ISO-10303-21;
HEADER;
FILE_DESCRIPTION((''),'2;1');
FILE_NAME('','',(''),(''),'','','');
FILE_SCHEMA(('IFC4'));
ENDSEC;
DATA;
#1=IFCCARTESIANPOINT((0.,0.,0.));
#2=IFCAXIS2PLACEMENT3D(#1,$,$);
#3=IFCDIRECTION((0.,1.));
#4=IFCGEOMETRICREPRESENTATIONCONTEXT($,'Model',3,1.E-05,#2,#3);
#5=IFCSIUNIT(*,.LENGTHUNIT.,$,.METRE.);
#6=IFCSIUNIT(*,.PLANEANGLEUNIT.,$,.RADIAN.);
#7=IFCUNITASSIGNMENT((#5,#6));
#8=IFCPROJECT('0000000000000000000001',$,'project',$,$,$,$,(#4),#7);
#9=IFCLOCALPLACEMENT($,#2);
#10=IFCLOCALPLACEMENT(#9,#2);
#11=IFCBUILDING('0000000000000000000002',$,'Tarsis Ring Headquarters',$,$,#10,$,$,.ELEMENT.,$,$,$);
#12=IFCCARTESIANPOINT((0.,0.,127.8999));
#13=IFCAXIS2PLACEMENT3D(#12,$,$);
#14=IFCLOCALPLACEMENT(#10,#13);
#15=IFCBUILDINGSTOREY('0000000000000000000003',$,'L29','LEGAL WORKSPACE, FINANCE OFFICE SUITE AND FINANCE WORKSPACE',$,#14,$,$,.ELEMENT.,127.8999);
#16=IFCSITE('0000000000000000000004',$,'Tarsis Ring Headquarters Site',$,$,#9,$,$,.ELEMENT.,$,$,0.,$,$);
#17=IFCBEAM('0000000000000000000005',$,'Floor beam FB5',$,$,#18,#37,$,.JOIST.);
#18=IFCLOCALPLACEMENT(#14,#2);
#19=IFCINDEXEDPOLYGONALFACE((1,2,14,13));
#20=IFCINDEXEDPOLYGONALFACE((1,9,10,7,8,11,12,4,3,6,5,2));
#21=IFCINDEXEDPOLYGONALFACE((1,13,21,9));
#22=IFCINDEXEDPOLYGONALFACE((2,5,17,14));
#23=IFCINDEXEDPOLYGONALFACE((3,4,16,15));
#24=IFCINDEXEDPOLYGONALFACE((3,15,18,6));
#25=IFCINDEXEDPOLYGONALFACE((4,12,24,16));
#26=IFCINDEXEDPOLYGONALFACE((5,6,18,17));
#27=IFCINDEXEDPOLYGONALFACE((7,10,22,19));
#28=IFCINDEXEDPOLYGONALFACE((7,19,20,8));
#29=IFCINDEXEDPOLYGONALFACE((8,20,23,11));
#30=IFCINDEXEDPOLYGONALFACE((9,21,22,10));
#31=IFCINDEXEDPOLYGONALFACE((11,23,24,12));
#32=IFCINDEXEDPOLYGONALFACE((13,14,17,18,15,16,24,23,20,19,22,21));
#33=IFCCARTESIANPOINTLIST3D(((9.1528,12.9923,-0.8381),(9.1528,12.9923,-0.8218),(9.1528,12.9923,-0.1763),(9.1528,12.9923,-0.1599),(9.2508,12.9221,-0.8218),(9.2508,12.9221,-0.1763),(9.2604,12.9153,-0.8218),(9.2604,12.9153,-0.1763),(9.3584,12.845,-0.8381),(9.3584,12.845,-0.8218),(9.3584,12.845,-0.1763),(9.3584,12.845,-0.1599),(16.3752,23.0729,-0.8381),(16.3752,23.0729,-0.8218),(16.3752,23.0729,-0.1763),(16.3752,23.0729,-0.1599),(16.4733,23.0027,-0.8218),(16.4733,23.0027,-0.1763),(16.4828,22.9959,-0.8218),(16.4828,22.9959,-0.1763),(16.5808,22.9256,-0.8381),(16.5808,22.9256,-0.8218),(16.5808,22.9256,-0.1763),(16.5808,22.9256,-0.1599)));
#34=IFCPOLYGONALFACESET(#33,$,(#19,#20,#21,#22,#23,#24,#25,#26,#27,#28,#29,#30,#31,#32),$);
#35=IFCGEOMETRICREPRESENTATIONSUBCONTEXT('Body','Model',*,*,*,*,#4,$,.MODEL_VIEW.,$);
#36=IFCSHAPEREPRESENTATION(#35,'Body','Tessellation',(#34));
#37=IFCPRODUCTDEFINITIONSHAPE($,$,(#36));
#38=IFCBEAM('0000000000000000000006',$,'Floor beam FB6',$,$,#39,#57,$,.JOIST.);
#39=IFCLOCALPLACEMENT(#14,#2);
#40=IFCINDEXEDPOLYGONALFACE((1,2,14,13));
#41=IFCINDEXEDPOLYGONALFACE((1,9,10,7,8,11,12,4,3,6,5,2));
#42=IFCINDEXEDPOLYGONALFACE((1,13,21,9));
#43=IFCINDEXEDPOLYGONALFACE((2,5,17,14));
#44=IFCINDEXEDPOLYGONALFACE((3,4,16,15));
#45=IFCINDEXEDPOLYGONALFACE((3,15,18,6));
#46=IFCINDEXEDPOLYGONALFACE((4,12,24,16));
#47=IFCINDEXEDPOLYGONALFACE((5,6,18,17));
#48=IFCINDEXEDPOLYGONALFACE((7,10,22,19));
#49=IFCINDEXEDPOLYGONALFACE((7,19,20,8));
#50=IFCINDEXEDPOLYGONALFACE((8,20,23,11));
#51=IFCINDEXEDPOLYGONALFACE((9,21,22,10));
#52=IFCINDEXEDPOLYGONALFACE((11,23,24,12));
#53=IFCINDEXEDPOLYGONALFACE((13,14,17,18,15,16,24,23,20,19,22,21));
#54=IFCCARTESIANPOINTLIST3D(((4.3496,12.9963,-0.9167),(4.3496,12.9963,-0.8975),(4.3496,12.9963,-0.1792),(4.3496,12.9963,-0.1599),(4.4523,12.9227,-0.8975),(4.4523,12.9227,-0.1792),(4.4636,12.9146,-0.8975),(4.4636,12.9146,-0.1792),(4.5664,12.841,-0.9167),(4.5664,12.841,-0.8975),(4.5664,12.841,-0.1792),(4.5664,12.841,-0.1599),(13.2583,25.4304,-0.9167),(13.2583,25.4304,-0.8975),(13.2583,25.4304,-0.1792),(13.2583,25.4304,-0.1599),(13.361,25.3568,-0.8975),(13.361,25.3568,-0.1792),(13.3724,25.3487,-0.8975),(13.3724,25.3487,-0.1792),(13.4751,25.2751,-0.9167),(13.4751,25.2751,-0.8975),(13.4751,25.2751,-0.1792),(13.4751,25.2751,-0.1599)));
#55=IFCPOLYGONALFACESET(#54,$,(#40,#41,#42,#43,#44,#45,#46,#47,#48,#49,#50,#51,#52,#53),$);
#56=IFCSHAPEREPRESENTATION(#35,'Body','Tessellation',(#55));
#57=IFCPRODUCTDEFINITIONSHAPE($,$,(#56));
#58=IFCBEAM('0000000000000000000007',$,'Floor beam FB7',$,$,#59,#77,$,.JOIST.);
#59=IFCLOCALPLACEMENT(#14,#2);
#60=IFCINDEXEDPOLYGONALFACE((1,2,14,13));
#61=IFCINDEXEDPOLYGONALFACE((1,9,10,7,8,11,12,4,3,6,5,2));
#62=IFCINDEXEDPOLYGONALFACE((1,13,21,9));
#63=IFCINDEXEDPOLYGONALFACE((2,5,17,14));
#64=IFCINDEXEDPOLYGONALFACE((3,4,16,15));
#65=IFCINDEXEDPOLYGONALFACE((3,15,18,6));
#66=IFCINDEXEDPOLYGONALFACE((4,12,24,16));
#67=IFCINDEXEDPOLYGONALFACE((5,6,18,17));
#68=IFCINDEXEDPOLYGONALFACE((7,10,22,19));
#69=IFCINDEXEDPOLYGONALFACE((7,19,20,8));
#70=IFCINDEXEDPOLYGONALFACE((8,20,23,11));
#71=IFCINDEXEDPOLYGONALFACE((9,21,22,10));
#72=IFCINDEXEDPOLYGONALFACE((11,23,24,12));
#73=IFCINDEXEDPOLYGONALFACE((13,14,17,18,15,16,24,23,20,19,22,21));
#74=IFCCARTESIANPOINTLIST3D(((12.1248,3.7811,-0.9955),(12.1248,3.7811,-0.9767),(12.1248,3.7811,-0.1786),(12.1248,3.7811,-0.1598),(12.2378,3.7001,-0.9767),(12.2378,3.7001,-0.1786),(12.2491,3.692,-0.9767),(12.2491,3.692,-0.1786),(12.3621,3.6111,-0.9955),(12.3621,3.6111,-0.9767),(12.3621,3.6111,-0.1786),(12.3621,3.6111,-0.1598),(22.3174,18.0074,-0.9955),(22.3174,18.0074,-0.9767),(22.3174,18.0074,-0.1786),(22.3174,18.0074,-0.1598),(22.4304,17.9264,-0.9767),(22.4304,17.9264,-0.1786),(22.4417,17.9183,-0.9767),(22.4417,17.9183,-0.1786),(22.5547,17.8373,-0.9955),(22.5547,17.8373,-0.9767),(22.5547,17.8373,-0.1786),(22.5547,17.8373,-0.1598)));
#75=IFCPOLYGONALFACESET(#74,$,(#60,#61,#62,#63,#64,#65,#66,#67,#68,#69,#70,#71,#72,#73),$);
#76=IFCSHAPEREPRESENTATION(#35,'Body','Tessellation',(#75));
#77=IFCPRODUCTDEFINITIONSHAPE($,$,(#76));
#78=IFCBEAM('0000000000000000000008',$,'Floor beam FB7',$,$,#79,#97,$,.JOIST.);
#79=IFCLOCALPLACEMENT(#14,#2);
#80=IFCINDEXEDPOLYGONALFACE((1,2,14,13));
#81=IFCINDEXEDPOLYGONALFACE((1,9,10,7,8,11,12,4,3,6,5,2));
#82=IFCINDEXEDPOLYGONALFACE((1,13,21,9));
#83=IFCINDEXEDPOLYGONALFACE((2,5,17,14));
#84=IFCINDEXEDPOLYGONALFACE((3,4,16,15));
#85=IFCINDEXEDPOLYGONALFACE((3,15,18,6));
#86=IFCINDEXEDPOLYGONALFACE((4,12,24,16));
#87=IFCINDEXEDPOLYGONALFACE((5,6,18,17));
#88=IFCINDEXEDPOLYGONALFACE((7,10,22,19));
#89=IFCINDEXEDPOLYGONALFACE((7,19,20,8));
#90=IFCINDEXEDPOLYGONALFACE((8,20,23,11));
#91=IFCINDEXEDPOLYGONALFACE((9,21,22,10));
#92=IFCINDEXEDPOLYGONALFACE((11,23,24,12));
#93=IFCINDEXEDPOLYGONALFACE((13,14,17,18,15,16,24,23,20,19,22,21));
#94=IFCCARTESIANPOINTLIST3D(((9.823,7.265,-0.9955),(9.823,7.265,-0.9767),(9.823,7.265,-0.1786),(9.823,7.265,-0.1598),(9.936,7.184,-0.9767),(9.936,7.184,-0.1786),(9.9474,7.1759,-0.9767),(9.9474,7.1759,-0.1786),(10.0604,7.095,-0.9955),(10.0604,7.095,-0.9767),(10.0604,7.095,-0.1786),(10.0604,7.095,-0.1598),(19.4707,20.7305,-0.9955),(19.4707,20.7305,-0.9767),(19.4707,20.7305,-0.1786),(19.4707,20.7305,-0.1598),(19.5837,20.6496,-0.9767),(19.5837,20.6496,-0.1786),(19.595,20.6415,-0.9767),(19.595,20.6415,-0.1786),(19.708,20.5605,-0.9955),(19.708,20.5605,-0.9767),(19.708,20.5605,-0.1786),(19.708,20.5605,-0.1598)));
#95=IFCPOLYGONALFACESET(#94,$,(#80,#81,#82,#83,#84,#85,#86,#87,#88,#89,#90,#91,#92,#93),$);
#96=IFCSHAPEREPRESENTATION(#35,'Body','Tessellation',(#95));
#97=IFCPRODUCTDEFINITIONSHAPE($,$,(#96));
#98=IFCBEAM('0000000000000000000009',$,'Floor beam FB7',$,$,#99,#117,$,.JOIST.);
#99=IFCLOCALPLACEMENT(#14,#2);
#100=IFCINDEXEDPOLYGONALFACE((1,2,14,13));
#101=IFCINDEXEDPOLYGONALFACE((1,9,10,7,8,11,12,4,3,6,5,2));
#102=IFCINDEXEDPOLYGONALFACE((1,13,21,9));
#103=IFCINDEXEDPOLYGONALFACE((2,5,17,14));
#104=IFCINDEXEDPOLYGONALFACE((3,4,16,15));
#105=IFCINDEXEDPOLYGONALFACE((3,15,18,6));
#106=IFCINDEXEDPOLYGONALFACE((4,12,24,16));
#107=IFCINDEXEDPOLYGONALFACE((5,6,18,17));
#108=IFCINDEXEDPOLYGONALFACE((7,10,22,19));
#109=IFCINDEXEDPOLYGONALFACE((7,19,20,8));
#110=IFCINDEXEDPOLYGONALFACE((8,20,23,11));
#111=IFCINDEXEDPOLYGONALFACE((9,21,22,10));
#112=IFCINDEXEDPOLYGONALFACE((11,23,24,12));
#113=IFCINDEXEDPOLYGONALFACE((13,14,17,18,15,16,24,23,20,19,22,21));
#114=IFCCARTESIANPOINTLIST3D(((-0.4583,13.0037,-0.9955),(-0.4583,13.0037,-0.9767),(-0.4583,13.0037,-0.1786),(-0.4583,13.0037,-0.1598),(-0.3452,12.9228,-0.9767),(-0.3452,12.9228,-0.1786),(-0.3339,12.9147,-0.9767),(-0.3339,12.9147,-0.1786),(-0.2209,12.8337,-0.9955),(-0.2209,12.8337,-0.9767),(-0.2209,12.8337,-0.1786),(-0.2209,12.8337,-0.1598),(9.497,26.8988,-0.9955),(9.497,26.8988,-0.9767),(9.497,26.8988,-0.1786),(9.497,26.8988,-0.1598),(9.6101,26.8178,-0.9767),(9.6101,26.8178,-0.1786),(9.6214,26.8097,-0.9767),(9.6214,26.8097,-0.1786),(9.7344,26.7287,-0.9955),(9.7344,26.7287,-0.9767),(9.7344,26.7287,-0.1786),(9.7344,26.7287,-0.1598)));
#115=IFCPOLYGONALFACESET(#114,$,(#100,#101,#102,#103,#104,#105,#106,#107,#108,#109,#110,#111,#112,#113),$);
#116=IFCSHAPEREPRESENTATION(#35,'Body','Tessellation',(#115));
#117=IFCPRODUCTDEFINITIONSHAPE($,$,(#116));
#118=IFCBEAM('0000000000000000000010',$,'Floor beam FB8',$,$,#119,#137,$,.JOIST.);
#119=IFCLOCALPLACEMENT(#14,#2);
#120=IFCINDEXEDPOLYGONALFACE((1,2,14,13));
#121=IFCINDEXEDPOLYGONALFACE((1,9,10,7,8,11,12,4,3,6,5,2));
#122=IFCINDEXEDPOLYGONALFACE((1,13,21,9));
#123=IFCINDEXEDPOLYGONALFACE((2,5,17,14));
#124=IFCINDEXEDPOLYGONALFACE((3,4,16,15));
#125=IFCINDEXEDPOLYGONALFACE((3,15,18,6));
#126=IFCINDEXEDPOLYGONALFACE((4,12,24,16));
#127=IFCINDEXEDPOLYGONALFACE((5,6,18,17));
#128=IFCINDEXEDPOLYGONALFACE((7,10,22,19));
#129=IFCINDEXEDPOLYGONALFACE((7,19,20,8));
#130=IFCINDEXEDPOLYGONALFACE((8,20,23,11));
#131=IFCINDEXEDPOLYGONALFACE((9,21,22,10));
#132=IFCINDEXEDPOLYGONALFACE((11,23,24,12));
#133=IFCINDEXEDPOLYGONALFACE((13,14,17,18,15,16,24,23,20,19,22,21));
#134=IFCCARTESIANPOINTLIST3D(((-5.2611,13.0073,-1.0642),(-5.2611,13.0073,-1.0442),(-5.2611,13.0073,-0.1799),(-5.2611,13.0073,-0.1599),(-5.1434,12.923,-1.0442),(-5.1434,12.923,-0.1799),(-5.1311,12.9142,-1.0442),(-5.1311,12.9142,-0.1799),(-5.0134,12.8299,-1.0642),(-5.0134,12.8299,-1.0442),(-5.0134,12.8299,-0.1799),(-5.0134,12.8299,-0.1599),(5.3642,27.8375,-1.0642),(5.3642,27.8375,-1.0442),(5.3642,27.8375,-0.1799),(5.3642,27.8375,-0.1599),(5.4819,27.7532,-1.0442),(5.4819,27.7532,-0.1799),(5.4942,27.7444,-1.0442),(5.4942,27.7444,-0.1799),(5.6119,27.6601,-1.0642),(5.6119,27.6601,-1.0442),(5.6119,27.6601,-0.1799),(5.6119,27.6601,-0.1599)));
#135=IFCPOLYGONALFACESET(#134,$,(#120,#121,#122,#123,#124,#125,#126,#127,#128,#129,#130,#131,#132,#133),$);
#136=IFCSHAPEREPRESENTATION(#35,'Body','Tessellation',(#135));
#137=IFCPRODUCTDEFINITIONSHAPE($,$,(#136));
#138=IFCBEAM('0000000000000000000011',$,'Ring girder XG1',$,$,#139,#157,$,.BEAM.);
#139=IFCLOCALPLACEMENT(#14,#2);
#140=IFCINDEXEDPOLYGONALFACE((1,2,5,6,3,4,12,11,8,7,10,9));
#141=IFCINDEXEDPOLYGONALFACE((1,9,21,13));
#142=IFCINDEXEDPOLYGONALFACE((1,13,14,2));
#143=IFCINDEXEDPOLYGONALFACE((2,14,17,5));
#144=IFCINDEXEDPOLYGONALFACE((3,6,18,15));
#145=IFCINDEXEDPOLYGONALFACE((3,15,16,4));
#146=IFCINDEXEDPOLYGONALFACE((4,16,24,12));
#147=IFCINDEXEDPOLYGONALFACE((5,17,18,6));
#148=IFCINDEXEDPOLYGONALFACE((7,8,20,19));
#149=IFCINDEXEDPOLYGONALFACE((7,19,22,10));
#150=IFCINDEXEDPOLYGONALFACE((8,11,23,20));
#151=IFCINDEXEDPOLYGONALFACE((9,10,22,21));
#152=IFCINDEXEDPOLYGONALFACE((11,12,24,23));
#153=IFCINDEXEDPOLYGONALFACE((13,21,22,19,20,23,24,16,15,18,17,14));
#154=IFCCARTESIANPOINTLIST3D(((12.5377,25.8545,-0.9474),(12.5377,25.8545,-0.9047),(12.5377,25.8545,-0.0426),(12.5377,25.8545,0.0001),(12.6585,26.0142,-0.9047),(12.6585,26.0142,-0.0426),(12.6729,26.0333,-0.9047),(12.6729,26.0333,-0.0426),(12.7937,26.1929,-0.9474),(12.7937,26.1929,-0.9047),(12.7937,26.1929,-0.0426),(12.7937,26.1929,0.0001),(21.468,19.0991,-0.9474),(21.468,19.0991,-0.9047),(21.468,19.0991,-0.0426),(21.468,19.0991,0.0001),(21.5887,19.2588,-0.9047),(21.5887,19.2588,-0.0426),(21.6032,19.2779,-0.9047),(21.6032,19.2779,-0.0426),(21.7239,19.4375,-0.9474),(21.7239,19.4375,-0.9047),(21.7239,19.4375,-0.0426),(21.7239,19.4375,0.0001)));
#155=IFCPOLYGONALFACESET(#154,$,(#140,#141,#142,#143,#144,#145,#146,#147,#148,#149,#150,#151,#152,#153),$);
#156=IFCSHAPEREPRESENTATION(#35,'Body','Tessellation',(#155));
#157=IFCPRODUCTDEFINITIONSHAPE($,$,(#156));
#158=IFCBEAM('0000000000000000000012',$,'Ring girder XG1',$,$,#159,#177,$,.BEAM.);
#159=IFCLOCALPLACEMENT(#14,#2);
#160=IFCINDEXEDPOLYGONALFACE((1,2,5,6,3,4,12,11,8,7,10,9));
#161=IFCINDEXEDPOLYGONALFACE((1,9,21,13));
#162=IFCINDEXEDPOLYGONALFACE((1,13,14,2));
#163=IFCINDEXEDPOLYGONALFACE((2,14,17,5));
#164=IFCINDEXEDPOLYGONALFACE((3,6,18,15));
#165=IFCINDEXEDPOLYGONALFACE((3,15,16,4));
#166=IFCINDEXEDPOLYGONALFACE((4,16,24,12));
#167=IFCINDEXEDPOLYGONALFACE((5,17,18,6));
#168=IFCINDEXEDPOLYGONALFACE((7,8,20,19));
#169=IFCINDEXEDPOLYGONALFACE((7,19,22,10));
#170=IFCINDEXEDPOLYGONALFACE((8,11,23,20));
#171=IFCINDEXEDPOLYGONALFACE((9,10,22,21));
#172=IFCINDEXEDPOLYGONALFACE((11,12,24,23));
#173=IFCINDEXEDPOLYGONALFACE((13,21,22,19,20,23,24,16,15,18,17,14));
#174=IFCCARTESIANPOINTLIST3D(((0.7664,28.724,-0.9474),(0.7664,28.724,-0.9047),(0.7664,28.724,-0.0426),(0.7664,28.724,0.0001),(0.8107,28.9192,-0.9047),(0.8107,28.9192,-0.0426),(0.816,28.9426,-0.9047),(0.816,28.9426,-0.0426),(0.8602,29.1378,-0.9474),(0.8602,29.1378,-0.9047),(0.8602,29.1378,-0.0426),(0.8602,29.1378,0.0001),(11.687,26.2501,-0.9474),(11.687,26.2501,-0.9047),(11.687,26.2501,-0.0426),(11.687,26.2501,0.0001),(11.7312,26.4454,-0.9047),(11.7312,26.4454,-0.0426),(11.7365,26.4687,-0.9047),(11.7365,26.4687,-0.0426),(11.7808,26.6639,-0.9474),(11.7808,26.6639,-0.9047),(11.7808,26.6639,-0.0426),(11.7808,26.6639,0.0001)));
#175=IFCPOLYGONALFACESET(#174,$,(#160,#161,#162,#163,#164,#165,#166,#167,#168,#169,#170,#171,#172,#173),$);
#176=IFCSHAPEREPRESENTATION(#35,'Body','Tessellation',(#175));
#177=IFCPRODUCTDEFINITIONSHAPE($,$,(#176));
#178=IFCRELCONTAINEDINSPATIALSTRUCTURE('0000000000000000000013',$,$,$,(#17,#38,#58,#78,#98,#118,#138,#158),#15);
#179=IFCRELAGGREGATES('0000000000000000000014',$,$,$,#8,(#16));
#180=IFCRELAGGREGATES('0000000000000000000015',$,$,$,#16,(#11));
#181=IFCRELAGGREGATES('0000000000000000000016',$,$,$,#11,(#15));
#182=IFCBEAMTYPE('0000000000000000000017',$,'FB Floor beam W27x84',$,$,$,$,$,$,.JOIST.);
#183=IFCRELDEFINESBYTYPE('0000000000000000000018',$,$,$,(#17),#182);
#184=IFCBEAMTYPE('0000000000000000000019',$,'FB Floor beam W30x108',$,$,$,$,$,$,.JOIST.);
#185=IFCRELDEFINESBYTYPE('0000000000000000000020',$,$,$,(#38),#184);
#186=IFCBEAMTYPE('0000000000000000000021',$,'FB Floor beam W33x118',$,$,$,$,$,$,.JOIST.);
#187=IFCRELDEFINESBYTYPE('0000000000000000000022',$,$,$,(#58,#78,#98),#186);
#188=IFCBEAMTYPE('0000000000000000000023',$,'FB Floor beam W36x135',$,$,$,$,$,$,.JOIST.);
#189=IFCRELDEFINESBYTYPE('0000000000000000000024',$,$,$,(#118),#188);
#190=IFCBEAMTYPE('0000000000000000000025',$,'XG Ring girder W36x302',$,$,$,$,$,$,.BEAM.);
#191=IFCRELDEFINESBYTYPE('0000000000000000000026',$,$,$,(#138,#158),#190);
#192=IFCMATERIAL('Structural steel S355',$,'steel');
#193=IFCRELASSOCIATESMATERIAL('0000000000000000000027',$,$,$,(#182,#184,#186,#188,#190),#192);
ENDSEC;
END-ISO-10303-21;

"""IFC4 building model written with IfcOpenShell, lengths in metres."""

from ifc_helpers import new_model, si_unit, direction, frame, origin, origin_2d, place, context, subcontext, project, spatial, i_section, extrude, material, material_profile, profile_set, type_object, element, save


model = new_model("IFC4")

# Units and contexts
model_context = context("Model", 3, precision=1e-05, world=origin(), true_north=direction((0.0, 1.0)))
body_context = subcontext(model_context, "Body", "Model", "MODEL_VIEW")
ifc_project = project(units=[si_unit("LENGTHUNIT", "METRE"), si_unit("PLANEANGLEUNIT", "RADIAN")], contexts=[model_context])

# Site, building, storey
site_placement = place(None, origin())
site = spatial("IfcSite", under=ifc_project, at=site_placement, Name="Tarsis Ring Headquarters Site", CompositionType="ELEMENT", RefElevation=0.0)
building_placement = place(site_placement, origin())
building = spatial("IfcBuilding", under=site, at=building_placement, Name="Tarsis Ring Headquarters", CompositionType="ELEMENT")
storey_placement = place(building_placement, frame((0.0, 0.0, 127.8999)))
storey = spatial("IfcBuildingStorey", under=building, at=storey_placement, Name="L29", Description="LEGAL WORKSPACE, FINANCE OFFICE SUITE AND FINANCE WORKSPACE", CompositionType="ELEMENT", Elevation=127.8999)

# Shared definitions
ifc_material_1 = material(Name="Structural steel S355", Category="steel")

# Beams
ifc_material_profile_1 = material_profile(ifc_material_1, i_section(OverallWidth=0.2529, OverallDepth=0.6782, WebThickness=0.0117, FlangeThickness=0.0164, at=origin_2d()), Name="W27x84")
ifc_profile_set_1 = profile_set([ifc_material_profile_1], Name="Structural steel S355")
beam_type_1 = type_object("IfcBeamType", Name="FB Floor beam W27x84", PredefinedType="JOIST", material=ifc_profile_set_1)
beam_1_placement = place(storey_placement, frame((16.478, 22.9993, -0.499), z_axis=(-0.582413, -0.812893, 0.0), x_axis=(0.812893, -0.582413, 0.0)))
element("IfcBeam", 1, at=beam_1_placement, inside=storey, type_object=beam_type_1, Name="Floor beam FB5", PredefinedType="JOIST", context=body_context, shape_type="SweptSolid", body=[
    extrude(i_section(OverallWidth=0.2529, OverallDepth=0.6782, WebThickness=0.0117, FlangeThickness=0.0164, at=origin_2d()), origin(), (0.0, 0.0, 1.0), 12.4009),
])
ifc_material_profile_2 = material_profile(ifc_material_1, i_section(OverallWidth=0.2666, OverallDepth=0.7568, WebThickness=0.0139, FlangeThickness=0.0193, at=origin_2d()), Name="W30x108")
ifc_profile_set_2 = profile_set([ifc_material_profile_2], Name="Structural steel S355")
beam_type_2 = type_object("IfcBeamType", Name="FB Floor beam W30x108", PredefinedType="JOIST", material=ifc_profile_set_2)
beam_2_placement = place(storey_placement, frame((13.3667, 25.3528, -0.5383), z_axis=(-0.582415, -0.812891, 0.0), x_axis=(0.812891, -0.582415, 0.0)))
element("IfcBeam", 2, at=beam_2_placement, inside=storey, type_object=beam_type_2, Name="Floor beam FB6", PredefinedType="JOIST", context=body_context, shape_type="SweptSolid", body=[
    extrude(i_section(OverallWidth=0.2666, OverallDepth=0.7568, WebThickness=0.0139, FlangeThickness=0.0193, at=origin_2d()), origin(), (0.0, 0.0, 1.0), 15.2961),
])
ifc_material_profile_3 = material_profile(ifc_material_1, i_section(OverallWidth=0.292, OverallDepth=0.8357, WebThickness=0.0139, FlangeThickness=0.0188, at=origin_2d()), Name="W33x118")
ifc_profile_set_3 = profile_set([ifc_material_profile_3], Name="Structural steel S355")
beam_type_3 = type_object("IfcBeamType", Name="FB Floor beam W33x118", PredefinedType="JOIST", material=ifc_profile_set_3)
beam_3_placement = place(storey_placement, frame((22.436, 17.9224, -0.5776), z_axis=(-0.582409, -0.812896, 0.0), x_axis=(0.812896, -0.582409, 0.0)))
element("IfcBeam", 3, at=beam_3_placement, inside=storey, type_object=beam_type_3, Name="Floor beam FB7", PredefinedType="JOIST", context=body_context, shape_type="SweptSolid", body=[
    extrude(i_section(OverallWidth=0.292, OverallDepth=0.8357, WebThickness=0.0139, FlangeThickness=0.0188, at=origin_2d()), origin(), (0.0, 0.0, 1.0), 17.5007),
])
beam_4_placement = place(storey_placement, frame((19.5894, 20.6455, -0.5776), z_axis=(-0.582414, -0.812892, 0.0), x_axis=(0.812892, -0.582414, 0.0)))
element("IfcBeam", 4, at=beam_4_placement, inside=storey, type_object=beam_type_3, Name="Floor beam FB7", PredefinedType="JOIST", context=body_context, shape_type="SweptSolid", body=[
    extrude(i_section(OverallWidth=0.292, OverallDepth=0.8357, WebThickness=0.0139, FlangeThickness=0.0188, at=origin_2d()), origin(), (0.0, 0.0, 1.0), 16.5649),
])
beam_5_placement = place(storey_placement, frame((9.6157, 26.8137, -0.5776), z_axis=(-0.582412, -0.812894, 0.0), x_axis=(0.812894, -0.582412, 0.0)))
element("IfcBeam", 5, at=beam_5_placement, inside=storey, type_object=beam_type_3, Name="Floor beam FB7", PredefinedType="JOIST", context=body_context, shape_type="SweptSolid", body=[
    extrude(i_section(OverallWidth=0.292, OverallDepth=0.8357, WebThickness=0.0139, FlangeThickness=0.0188, at=origin_2d()), origin(), (0.0, 0.0, 1.0), 17.0933),
])
ifc_material_profile_4 = material_profile(ifc_material_1, i_section(OverallWidth=0.3047, OverallDepth=0.9043, WebThickness=0.0151, FlangeThickness=0.02, at=origin_2d()), Name="W36x135")
ifc_profile_set_4 = profile_set([ifc_material_profile_4], Name="Structural steel S355")
beam_type_4 = type_object("IfcBeamType", Name="FB Floor beam W36x135", PredefinedType="JOIST", material=ifc_profile_set_4)
beam_6_placement = place(storey_placement, frame((5.488, 27.7488, -0.6121), z_axis=(-0.582411, -0.812894, 0.0), x_axis=(0.812894, -0.582411, 0.0)))
element("IfcBeam", 6, at=beam_6_placement, inside=storey, type_object=beam_type_4, Name="Floor beam FB8", PredefinedType="JOIST", context=body_context, shape_type="SweptSolid", body=[
    extrude(i_section(OverallWidth=0.3047, OverallDepth=0.9043, WebThickness=0.0151, FlangeThickness=0.02, at=origin_2d()), origin(), (0.0, 0.0, 1.0), 18.2437),
])
ifc_material_profile_5 = material_profile(ifc_material_1, i_section(OverallWidth=0.4243, OverallDepth=0.9475, WebThickness=0.0239, FlangeThickness=0.0427, at=origin_2d()), Name="W36x302")
ifc_profile_set_5 = profile_set([ifc_material_profile_5], Name="Structural steel S355")
beam_type_5 = type_object("IfcBeamType", Name="XG Ring girder W36x302", PredefinedType="BEAM", material=ifc_profile_set_5)
beam_7_placement = place(storey_placement, frame((21.5959, 19.2683, -0.4736), z_axis=(-0.797518, 0.603295, 0.0), x_axis=(-0.603295, -0.797518, 0.0)))
element("IfcBeam", 7, at=beam_7_placement, inside=storey, type_object=beam_type_5, Name="Ring girder XG1", PredefinedType="BEAM", context=body_context, shape_type="SweptSolid", body=[
    extrude(i_section(OverallWidth=0.4243, OverallDepth=0.9475, WebThickness=0.0239, FlangeThickness=0.0427, at=origin_2d()), origin(), (0.0, 0.0, 1.0), 11.1975),
])
beam_8_placement = place(storey_placement, frame((11.7339, 26.457, -0.4736), z_axis=(-0.975289, 0.220934, 0.0), x_axis=(-0.220934, -0.975289, 0.0)))
element("IfcBeam", 8, at=beam_8_placement, inside=storey, type_object=beam_type_5, Name="Ring girder XG1", PredefinedType="BEAM", context=body_context, shape_type="SweptSolid", body=[
    extrude(i_section(OverallWidth=0.4243, OverallDepth=0.9475, WebThickness=0.0239, FlangeThickness=0.0427, at=origin_2d()), origin(), (0.0, 0.0, 1.0), 11.1973),
])

save(model, "model.ifc")
